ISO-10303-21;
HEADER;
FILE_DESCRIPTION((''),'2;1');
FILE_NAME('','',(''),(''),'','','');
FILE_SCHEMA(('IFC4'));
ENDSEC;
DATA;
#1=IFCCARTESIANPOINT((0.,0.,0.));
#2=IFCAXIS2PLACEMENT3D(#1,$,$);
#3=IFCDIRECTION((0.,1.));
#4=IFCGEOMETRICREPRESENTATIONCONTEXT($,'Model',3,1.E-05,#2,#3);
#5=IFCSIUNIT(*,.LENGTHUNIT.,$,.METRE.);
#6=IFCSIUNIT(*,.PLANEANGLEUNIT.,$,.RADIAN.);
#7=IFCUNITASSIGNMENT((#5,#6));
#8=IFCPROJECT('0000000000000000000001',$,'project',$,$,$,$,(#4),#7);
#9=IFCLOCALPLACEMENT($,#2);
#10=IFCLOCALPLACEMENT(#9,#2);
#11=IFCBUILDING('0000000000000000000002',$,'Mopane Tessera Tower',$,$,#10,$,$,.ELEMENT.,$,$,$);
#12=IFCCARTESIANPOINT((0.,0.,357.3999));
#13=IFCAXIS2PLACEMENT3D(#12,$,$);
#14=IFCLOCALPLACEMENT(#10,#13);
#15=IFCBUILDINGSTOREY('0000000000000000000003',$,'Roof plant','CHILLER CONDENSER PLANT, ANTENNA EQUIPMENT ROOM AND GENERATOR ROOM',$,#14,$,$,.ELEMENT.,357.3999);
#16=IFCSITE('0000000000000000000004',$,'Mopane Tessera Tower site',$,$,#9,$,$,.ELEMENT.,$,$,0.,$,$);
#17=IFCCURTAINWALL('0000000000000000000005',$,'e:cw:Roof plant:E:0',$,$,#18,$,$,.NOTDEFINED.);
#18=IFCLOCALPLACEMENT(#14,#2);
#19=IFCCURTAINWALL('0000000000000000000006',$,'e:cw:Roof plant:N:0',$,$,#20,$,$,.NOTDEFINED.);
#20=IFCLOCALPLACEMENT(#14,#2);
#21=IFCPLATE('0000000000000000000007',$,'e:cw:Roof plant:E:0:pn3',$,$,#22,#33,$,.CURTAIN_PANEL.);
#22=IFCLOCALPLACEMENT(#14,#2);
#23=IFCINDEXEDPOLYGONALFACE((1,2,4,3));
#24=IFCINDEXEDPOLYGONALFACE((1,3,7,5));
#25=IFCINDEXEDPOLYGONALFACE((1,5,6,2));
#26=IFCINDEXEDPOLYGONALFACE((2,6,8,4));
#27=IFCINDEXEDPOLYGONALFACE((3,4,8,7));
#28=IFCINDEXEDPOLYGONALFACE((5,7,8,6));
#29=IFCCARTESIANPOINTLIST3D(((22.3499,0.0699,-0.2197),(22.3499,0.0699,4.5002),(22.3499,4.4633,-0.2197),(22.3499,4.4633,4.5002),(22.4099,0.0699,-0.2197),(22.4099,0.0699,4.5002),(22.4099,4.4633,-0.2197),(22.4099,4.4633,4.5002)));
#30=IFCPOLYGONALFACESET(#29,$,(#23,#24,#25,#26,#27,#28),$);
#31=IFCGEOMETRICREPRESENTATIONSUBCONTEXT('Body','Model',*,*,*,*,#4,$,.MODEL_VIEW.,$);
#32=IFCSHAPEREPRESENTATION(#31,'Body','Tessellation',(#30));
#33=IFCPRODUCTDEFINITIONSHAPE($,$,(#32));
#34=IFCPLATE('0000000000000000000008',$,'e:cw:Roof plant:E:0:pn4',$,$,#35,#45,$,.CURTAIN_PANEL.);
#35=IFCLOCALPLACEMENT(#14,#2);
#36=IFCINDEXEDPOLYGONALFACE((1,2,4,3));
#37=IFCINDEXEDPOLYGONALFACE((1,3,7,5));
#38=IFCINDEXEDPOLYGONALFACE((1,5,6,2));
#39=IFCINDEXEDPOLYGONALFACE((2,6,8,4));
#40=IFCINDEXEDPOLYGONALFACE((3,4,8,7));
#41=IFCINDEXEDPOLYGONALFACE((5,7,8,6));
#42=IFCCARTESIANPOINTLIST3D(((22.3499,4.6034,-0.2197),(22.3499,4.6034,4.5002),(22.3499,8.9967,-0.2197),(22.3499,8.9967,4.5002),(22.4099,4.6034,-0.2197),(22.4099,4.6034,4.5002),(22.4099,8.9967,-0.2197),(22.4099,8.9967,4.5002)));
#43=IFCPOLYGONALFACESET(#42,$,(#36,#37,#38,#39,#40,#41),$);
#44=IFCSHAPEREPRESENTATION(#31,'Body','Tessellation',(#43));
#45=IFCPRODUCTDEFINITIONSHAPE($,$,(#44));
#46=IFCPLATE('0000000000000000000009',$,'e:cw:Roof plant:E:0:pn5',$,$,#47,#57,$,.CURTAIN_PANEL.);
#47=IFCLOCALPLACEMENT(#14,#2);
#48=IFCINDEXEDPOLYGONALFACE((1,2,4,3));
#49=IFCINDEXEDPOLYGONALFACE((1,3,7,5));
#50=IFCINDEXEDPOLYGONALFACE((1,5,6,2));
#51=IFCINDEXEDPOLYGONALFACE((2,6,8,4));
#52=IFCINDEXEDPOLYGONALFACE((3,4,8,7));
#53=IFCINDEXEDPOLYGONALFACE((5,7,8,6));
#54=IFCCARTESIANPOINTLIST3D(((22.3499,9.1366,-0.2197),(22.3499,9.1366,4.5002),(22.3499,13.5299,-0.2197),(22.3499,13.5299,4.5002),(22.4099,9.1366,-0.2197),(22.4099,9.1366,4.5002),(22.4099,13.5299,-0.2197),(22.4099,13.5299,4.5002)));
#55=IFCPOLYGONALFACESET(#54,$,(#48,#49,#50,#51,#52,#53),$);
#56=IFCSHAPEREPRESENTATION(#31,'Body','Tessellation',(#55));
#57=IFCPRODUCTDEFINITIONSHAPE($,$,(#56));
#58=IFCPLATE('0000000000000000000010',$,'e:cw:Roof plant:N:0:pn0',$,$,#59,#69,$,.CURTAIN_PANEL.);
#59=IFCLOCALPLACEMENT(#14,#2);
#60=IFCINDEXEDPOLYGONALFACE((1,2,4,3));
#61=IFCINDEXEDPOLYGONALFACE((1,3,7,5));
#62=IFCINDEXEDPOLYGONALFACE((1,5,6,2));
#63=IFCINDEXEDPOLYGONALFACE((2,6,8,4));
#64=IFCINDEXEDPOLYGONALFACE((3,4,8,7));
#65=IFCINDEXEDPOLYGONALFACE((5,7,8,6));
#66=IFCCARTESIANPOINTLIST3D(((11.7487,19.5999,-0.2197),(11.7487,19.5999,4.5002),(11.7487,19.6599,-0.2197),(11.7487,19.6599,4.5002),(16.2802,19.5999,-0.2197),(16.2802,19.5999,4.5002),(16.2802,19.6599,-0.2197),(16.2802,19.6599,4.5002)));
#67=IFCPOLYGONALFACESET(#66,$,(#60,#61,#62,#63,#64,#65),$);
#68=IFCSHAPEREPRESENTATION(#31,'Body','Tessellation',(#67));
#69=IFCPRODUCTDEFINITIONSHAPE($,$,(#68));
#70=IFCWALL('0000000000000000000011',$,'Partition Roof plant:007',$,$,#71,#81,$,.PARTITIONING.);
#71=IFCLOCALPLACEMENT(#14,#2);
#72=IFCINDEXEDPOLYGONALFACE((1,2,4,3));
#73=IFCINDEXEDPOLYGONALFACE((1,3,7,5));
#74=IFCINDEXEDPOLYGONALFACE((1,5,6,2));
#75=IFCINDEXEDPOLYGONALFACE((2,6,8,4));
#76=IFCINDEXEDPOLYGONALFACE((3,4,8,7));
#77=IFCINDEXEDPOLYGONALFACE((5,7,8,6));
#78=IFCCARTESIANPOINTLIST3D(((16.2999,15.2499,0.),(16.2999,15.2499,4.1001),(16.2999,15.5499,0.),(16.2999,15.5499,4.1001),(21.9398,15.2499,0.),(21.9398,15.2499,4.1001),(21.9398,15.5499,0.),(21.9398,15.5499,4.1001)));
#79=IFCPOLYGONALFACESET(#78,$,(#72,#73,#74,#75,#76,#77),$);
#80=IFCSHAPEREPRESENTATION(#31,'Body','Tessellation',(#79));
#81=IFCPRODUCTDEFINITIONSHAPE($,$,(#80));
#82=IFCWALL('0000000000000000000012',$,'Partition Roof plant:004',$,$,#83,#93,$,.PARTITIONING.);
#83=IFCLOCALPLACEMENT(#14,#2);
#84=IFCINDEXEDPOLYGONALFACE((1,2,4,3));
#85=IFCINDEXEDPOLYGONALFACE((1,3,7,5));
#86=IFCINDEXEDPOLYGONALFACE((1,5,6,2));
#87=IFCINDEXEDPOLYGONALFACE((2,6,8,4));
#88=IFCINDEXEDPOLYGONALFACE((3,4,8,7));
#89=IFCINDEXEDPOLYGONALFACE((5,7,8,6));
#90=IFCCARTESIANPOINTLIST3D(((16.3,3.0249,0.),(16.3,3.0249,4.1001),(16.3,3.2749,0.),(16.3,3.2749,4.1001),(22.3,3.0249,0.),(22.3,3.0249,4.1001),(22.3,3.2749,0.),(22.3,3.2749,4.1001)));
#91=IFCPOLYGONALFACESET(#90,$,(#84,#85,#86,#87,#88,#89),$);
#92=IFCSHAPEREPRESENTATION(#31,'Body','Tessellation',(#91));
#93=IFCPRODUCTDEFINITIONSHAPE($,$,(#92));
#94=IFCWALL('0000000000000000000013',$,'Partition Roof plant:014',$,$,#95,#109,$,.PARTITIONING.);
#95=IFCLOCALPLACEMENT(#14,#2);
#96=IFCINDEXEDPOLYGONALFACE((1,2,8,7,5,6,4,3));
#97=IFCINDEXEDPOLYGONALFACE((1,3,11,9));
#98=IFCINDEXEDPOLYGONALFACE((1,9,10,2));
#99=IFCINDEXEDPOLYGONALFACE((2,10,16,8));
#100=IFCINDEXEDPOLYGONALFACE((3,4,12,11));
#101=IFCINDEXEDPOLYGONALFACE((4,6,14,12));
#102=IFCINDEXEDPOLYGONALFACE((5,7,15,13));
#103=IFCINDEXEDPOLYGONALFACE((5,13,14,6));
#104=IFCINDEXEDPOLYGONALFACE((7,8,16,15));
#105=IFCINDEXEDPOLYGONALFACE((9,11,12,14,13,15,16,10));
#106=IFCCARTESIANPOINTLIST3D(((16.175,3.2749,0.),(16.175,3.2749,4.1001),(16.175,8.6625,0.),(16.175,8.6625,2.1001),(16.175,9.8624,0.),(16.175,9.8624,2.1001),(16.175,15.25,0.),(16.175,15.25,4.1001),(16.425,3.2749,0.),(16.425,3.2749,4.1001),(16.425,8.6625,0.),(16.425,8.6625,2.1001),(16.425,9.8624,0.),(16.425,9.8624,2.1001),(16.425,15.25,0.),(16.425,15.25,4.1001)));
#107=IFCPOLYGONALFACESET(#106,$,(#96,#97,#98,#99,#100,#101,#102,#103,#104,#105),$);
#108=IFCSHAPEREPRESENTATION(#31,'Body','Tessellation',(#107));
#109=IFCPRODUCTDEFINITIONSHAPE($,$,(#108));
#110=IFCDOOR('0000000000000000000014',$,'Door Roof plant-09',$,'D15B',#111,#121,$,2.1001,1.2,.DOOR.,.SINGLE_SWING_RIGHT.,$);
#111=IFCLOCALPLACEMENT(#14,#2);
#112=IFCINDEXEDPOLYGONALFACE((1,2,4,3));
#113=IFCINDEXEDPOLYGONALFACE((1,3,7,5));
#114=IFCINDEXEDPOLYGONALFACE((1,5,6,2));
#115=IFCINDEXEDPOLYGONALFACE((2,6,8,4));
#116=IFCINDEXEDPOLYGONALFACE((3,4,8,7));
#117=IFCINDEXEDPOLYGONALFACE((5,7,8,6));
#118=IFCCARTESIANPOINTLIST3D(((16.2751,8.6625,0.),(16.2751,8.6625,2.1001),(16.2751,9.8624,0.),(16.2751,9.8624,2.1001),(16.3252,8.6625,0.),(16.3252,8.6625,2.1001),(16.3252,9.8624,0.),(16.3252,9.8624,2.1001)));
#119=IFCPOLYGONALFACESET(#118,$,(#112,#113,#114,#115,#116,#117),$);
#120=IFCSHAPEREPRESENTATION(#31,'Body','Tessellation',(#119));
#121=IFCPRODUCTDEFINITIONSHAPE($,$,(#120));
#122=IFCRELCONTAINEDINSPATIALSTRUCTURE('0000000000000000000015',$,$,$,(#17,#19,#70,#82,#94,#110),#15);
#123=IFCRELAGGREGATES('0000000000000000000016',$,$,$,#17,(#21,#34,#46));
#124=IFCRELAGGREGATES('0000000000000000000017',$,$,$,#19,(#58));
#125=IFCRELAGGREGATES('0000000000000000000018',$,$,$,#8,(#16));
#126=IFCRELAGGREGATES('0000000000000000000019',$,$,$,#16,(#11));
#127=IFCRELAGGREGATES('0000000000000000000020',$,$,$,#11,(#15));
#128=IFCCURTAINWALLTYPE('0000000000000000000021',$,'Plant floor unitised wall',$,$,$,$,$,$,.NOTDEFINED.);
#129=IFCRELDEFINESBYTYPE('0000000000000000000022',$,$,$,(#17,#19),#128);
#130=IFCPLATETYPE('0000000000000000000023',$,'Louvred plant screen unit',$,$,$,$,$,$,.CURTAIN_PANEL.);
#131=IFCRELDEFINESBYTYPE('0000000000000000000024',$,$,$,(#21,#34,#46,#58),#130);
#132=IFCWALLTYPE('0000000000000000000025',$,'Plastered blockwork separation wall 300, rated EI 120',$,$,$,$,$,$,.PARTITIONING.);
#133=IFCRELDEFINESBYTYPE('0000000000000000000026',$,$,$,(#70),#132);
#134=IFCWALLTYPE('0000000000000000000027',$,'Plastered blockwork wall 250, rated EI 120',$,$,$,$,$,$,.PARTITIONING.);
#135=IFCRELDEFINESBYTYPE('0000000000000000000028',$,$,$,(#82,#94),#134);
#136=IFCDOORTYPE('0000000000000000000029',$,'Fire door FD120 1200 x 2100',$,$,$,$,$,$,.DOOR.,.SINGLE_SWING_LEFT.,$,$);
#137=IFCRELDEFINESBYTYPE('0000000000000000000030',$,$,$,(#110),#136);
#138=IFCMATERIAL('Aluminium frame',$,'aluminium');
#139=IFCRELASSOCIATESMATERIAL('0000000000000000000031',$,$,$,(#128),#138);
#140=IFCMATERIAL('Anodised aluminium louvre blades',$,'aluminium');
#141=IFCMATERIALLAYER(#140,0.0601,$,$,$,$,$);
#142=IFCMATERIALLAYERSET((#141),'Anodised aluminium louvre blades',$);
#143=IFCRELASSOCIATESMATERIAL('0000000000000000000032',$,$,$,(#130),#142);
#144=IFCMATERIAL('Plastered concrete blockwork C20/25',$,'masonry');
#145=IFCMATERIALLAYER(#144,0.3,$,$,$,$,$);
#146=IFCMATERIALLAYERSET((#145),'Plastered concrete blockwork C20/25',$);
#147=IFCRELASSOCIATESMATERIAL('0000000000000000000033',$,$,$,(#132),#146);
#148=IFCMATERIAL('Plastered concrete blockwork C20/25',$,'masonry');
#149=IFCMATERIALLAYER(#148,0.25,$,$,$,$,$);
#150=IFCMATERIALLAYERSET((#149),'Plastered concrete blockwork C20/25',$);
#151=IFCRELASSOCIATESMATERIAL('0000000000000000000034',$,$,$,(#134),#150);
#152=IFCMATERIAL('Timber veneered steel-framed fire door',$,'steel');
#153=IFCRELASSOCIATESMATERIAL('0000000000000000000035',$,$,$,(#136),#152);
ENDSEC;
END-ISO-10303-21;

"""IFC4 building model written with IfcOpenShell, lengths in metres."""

from ifc_helpers import new_model, si_unit, direction, frame, frame_2d, origin, origin_2d, place, context, subcontext, project, spatial, rectangle, extrude, material, layer, layer_set, type_object, element, fill, aggregate, save


model = new_model("IFC4")

# Units and contexts
model_context = context("Model", 3, precision=1e-05, world=origin(), true_north=direction((0.0, 1.0)))
body_context = subcontext(model_context, "Body", "Model", "MODEL_VIEW")
ifc_project = project(units=[si_unit("LENGTHUNIT", "METRE"), si_unit("PLANEANGLEUNIT", "RADIAN")], contexts=[model_context])

# Site, building, storey
site_placement = place(None, origin())
site = spatial("IfcSite", under=ifc_project, at=site_placement, Name="Mopane Tessera Tower site", CompositionType="ELEMENT", RefElevation=0.0)
building_placement = place(site_placement, origin())
building = spatial("IfcBuilding", under=site, at=building_placement, Name="Mopane Tessera Tower", CompositionType="ELEMENT")
storey_placement = place(building_placement, frame((0.0, 0.0, 357.3999)))
storey = spatial("IfcBuildingStorey", under=building, at=storey_placement, Name="Roof plant", Description="CHILLER CONDENSER PLANT, ANTENNA EQUIPMENT ROOM AND GENERATOR ROOM", CompositionType="ELEMENT", Elevation=357.3999)

# Curtain walls
ifc_material_1 = material(Name="Aluminium frame", Category="aluminium")
curtain_wall_type = type_object("IfcCurtainWallType", Name="Plant floor unitised wall", PredefinedType="NOTDEFINED", material=ifc_material_1)
curtain_wall_1_placement = place(storey_placement, origin())
curtain_wall_1 = element("IfcCurtainWall", 1, at=curtain_wall_1_placement, inside=storey, type_object=curtain_wall_type, Name="e:cw:Roof plant:E:0", PredefinedType="NOTDEFINED")
curtain_wall_2_placement = place(storey_placement, origin())
curtain_wall_2 = element("IfcCurtainWall", 2, at=curtain_wall_2_placement, inside=storey, type_object=curtain_wall_type, Name="e:cw:Roof plant:N:0", PredefinedType="NOTDEFINED")

# Plates
ifc_material_2 = material(Name="Anodised aluminium louvre blades", Category="aluminium")
ifc_layer_1 = layer(ifc_material_2, 0.0601)
ifc_layer_set_1 = layer_set([ifc_layer_1], Name="Anodised aluminium louvre blades")
plate_type = type_object("IfcPlateType", Name="Louvred plant screen unit", PredefinedType="CURTAIN_PANEL", material=ifc_layer_set_1)
plate_1_placement = place(storey_placement, frame((22.3799, 2.2666, -0.2197), z_axis=(0.0, 0.0, 1.0), x_axis=(0.0, 1.0, 0.0)))
plate_1 = element("IfcPlate", 3, at=plate_1_placement, type_object=plate_type, Name="e:cw:Roof plant:E:0:pn3", PredefinedType="CURTAIN_PANEL", context=body_context, shape_type="SweptSolid", body=[
    extrude(rectangle(XDim=4.3933, YDim=0.0601, at=origin_2d()), origin(), (0.0, 0.0, 1.0), 4.72),
])
plate_2_placement = place(storey_placement, frame((22.3799, 6.8, -0.2197), z_axis=(0.0, 0.0, 1.0), x_axis=(0.0, 1.0, 0.0)))
plate_2 = element("IfcPlate", 4, at=plate_2_placement, type_object=plate_type, Name="e:cw:Roof plant:E:0:pn4", PredefinedType="CURTAIN_PANEL", context=body_context, shape_type="SweptSolid", body=[
    extrude(rectangle(XDim=4.3933, YDim=0.0601, at=origin_2d()), origin(), (0.0, 0.0, 1.0), 4.72),
])
plate_3_placement = place(storey_placement, frame((22.3799, 11.3333, -0.2197), z_axis=(0.0, 0.0, 1.0), x_axis=(0.0, 1.0, 0.0)))
plate_3 = element("IfcPlate", 5, at=plate_3_placement, type_object=plate_type, Name="e:cw:Roof plant:E:0:pn5", PredefinedType="CURTAIN_PANEL", context=body_context, shape_type="SweptSolid", body=[
    extrude(rectangle(XDim=4.3933, YDim=0.0601, at=origin_2d()), origin(), (0.0, 0.0, 1.0), 4.72),
])
aggregate(curtain_wall_1, [plate_1, plate_2, plate_3])
plate_4_placement = place(storey_placement, frame((14.0144, 19.6299, -0.2197), z_axis=(0.0, 0.0, 1.0), x_axis=(-1.0, 0.0, 0.0)))
plate_4 = element("IfcPlate", 6, at=plate_4_placement, type_object=plate_type, Name="e:cw:Roof plant:N:0:pn0", PredefinedType="CURTAIN_PANEL", context=body_context, shape_type="SweptSolid", body=[
    extrude(rectangle(XDim=4.5315, YDim=0.0601, at=origin_2d()), origin(), (0.0, 0.0, 1.0), 4.72),
])
aggregate(curtain_wall_2, [plate_4])

# Walls
ifc_material_3 = material(Name="Plastered concrete blockwork C20/25", Category="masonry")
ifc_layer_2 = layer(ifc_material_3, 0.3)
ifc_layer_set_2 = layer_set([ifc_layer_2], Name="Plastered concrete blockwork C20/25")
wall_type_1 = type_object("IfcWallType", Name="Plastered blockwork separation wall 300, rated EI 120", PredefinedType="PARTITIONING", material=ifc_layer_set_2)
wall_1_placement = place(storey_placement, frame((16.3, 15.3999, 0.0), z_axis=(0.0, 0.0, 1.0), x_axis=(1.0, 0.0, 0.0)))
element("IfcWall", 7, at=wall_1_placement, inside=storey, type_object=wall_type_1, Name="Partition Roof plant:007", PredefinedType="PARTITIONING", context=body_context, shape_type="SweptSolid", body=[
    extrude(rectangle(XDim=5.6399, YDim=0.3, at=frame_2d((2.8198, 0.0))), origin(), (0.0, 0.0, 1.0), 4.1001),
])
ifc_material_4 = material(Name="Plastered concrete blockwork C20/25", Category="masonry")
ifc_layer_3 = layer(ifc_material_4, 0.25)
ifc_layer_set_3 = layer_set([ifc_layer_3], Name="Plastered concrete blockwork C20/25")
wall_type_2 = type_object("IfcWallType", Name="Plastered blockwork wall 250, rated EI 120", PredefinedType="PARTITIONING", material=ifc_layer_set_3)
wall_2_placement = place(storey_placement, frame((16.3, 3.1499, 0.0), z_axis=(0.0, 0.0, 1.0), x_axis=(1.0, 0.0, 0.0)))
element("IfcWall", 8, at=wall_2_placement, inside=storey, type_object=wall_type_2, Name="Partition Roof plant:004", PredefinedType="PARTITIONING", context=body_context, shape_type="SweptSolid", body=[
    extrude(rectangle(XDim=6.0, YDim=0.25, at=frame_2d((3.0, 0.0))), origin(), (0.0, 0.0, 1.0), 4.1001),
])

# Wall, opening, door
wall_3_placement = place(storey_placement, frame((16.3, 3.2749, 0.0), z_axis=(0.0, 0.0, 1.0), x_axis=(0.0, 1.0, 0.0)))
wall_3 = element("IfcWall", 9, at=wall_3_placement, inside=storey, type_object=wall_type_2, Name="Partition Roof plant:014", PredefinedType="PARTITIONING", context=body_context, shape_type="SweptSolid", body=[
    extrude(rectangle(XDim=11.9751, YDim=0.25, at=frame_2d((5.9875, 0.0))), origin(), (0.0, 0.0, 1.0), 4.1001),
])
opening_placement = place(wall_3_placement, frame((5.3875, 0.0, 0.0)))
opening = element("IfcOpeningElement", 10, at=opening_placement, cuts=wall_3, PredefinedType="OPENING", context=body_context, shape_type="SweptSolid", body=[
    extrude(rectangle(XDim=1.2, YDim=2.1001, at=frame_2d((0.6001, 1.05))), frame((0.0, 0.137, 0.0), z_axis=(0.0, -1.0, 0.0), x_axis=(1.0, 0.0, 0.0)), (0.0, 0.0, 1.0), 0.2739),
])
ifc_material_5 = material(Name="Timber veneered steel-framed fire door", Category="steel")
door_type = type_object("IfcDoorType", Name="Fire door FD120 1200 x 2100", OperationType="SINGLE_SWING_LEFT", PredefinedType="DOOR", material=ifc_material_5)
door_placement = place(opening_placement, origin())
door = element("IfcDoor", 11, at=door_placement, inside=storey, type_object=door_type, Name="Door Roof plant-09", ObjectType="D15B", OperationType="SINGLE_SWING_RIGHT", OverallHeight=2.1001, OverallWidth=1.2, PredefinedType="DOOR", context=body_context, shape_type="SweptSolid", body=[
    extrude(rectangle(XDim=1.2, YDim=2.1001, at=frame_2d((0.6001, 1.05))), frame((0.0, 0.0249, 0.0), z_axis=(0.0, -1.0, 0.0), x_axis=(1.0, 0.0, 0.0)), (0.0, 0.0, 1.0), 0.05),
])
fill(opening, door)

save(model, "model.ifc")
